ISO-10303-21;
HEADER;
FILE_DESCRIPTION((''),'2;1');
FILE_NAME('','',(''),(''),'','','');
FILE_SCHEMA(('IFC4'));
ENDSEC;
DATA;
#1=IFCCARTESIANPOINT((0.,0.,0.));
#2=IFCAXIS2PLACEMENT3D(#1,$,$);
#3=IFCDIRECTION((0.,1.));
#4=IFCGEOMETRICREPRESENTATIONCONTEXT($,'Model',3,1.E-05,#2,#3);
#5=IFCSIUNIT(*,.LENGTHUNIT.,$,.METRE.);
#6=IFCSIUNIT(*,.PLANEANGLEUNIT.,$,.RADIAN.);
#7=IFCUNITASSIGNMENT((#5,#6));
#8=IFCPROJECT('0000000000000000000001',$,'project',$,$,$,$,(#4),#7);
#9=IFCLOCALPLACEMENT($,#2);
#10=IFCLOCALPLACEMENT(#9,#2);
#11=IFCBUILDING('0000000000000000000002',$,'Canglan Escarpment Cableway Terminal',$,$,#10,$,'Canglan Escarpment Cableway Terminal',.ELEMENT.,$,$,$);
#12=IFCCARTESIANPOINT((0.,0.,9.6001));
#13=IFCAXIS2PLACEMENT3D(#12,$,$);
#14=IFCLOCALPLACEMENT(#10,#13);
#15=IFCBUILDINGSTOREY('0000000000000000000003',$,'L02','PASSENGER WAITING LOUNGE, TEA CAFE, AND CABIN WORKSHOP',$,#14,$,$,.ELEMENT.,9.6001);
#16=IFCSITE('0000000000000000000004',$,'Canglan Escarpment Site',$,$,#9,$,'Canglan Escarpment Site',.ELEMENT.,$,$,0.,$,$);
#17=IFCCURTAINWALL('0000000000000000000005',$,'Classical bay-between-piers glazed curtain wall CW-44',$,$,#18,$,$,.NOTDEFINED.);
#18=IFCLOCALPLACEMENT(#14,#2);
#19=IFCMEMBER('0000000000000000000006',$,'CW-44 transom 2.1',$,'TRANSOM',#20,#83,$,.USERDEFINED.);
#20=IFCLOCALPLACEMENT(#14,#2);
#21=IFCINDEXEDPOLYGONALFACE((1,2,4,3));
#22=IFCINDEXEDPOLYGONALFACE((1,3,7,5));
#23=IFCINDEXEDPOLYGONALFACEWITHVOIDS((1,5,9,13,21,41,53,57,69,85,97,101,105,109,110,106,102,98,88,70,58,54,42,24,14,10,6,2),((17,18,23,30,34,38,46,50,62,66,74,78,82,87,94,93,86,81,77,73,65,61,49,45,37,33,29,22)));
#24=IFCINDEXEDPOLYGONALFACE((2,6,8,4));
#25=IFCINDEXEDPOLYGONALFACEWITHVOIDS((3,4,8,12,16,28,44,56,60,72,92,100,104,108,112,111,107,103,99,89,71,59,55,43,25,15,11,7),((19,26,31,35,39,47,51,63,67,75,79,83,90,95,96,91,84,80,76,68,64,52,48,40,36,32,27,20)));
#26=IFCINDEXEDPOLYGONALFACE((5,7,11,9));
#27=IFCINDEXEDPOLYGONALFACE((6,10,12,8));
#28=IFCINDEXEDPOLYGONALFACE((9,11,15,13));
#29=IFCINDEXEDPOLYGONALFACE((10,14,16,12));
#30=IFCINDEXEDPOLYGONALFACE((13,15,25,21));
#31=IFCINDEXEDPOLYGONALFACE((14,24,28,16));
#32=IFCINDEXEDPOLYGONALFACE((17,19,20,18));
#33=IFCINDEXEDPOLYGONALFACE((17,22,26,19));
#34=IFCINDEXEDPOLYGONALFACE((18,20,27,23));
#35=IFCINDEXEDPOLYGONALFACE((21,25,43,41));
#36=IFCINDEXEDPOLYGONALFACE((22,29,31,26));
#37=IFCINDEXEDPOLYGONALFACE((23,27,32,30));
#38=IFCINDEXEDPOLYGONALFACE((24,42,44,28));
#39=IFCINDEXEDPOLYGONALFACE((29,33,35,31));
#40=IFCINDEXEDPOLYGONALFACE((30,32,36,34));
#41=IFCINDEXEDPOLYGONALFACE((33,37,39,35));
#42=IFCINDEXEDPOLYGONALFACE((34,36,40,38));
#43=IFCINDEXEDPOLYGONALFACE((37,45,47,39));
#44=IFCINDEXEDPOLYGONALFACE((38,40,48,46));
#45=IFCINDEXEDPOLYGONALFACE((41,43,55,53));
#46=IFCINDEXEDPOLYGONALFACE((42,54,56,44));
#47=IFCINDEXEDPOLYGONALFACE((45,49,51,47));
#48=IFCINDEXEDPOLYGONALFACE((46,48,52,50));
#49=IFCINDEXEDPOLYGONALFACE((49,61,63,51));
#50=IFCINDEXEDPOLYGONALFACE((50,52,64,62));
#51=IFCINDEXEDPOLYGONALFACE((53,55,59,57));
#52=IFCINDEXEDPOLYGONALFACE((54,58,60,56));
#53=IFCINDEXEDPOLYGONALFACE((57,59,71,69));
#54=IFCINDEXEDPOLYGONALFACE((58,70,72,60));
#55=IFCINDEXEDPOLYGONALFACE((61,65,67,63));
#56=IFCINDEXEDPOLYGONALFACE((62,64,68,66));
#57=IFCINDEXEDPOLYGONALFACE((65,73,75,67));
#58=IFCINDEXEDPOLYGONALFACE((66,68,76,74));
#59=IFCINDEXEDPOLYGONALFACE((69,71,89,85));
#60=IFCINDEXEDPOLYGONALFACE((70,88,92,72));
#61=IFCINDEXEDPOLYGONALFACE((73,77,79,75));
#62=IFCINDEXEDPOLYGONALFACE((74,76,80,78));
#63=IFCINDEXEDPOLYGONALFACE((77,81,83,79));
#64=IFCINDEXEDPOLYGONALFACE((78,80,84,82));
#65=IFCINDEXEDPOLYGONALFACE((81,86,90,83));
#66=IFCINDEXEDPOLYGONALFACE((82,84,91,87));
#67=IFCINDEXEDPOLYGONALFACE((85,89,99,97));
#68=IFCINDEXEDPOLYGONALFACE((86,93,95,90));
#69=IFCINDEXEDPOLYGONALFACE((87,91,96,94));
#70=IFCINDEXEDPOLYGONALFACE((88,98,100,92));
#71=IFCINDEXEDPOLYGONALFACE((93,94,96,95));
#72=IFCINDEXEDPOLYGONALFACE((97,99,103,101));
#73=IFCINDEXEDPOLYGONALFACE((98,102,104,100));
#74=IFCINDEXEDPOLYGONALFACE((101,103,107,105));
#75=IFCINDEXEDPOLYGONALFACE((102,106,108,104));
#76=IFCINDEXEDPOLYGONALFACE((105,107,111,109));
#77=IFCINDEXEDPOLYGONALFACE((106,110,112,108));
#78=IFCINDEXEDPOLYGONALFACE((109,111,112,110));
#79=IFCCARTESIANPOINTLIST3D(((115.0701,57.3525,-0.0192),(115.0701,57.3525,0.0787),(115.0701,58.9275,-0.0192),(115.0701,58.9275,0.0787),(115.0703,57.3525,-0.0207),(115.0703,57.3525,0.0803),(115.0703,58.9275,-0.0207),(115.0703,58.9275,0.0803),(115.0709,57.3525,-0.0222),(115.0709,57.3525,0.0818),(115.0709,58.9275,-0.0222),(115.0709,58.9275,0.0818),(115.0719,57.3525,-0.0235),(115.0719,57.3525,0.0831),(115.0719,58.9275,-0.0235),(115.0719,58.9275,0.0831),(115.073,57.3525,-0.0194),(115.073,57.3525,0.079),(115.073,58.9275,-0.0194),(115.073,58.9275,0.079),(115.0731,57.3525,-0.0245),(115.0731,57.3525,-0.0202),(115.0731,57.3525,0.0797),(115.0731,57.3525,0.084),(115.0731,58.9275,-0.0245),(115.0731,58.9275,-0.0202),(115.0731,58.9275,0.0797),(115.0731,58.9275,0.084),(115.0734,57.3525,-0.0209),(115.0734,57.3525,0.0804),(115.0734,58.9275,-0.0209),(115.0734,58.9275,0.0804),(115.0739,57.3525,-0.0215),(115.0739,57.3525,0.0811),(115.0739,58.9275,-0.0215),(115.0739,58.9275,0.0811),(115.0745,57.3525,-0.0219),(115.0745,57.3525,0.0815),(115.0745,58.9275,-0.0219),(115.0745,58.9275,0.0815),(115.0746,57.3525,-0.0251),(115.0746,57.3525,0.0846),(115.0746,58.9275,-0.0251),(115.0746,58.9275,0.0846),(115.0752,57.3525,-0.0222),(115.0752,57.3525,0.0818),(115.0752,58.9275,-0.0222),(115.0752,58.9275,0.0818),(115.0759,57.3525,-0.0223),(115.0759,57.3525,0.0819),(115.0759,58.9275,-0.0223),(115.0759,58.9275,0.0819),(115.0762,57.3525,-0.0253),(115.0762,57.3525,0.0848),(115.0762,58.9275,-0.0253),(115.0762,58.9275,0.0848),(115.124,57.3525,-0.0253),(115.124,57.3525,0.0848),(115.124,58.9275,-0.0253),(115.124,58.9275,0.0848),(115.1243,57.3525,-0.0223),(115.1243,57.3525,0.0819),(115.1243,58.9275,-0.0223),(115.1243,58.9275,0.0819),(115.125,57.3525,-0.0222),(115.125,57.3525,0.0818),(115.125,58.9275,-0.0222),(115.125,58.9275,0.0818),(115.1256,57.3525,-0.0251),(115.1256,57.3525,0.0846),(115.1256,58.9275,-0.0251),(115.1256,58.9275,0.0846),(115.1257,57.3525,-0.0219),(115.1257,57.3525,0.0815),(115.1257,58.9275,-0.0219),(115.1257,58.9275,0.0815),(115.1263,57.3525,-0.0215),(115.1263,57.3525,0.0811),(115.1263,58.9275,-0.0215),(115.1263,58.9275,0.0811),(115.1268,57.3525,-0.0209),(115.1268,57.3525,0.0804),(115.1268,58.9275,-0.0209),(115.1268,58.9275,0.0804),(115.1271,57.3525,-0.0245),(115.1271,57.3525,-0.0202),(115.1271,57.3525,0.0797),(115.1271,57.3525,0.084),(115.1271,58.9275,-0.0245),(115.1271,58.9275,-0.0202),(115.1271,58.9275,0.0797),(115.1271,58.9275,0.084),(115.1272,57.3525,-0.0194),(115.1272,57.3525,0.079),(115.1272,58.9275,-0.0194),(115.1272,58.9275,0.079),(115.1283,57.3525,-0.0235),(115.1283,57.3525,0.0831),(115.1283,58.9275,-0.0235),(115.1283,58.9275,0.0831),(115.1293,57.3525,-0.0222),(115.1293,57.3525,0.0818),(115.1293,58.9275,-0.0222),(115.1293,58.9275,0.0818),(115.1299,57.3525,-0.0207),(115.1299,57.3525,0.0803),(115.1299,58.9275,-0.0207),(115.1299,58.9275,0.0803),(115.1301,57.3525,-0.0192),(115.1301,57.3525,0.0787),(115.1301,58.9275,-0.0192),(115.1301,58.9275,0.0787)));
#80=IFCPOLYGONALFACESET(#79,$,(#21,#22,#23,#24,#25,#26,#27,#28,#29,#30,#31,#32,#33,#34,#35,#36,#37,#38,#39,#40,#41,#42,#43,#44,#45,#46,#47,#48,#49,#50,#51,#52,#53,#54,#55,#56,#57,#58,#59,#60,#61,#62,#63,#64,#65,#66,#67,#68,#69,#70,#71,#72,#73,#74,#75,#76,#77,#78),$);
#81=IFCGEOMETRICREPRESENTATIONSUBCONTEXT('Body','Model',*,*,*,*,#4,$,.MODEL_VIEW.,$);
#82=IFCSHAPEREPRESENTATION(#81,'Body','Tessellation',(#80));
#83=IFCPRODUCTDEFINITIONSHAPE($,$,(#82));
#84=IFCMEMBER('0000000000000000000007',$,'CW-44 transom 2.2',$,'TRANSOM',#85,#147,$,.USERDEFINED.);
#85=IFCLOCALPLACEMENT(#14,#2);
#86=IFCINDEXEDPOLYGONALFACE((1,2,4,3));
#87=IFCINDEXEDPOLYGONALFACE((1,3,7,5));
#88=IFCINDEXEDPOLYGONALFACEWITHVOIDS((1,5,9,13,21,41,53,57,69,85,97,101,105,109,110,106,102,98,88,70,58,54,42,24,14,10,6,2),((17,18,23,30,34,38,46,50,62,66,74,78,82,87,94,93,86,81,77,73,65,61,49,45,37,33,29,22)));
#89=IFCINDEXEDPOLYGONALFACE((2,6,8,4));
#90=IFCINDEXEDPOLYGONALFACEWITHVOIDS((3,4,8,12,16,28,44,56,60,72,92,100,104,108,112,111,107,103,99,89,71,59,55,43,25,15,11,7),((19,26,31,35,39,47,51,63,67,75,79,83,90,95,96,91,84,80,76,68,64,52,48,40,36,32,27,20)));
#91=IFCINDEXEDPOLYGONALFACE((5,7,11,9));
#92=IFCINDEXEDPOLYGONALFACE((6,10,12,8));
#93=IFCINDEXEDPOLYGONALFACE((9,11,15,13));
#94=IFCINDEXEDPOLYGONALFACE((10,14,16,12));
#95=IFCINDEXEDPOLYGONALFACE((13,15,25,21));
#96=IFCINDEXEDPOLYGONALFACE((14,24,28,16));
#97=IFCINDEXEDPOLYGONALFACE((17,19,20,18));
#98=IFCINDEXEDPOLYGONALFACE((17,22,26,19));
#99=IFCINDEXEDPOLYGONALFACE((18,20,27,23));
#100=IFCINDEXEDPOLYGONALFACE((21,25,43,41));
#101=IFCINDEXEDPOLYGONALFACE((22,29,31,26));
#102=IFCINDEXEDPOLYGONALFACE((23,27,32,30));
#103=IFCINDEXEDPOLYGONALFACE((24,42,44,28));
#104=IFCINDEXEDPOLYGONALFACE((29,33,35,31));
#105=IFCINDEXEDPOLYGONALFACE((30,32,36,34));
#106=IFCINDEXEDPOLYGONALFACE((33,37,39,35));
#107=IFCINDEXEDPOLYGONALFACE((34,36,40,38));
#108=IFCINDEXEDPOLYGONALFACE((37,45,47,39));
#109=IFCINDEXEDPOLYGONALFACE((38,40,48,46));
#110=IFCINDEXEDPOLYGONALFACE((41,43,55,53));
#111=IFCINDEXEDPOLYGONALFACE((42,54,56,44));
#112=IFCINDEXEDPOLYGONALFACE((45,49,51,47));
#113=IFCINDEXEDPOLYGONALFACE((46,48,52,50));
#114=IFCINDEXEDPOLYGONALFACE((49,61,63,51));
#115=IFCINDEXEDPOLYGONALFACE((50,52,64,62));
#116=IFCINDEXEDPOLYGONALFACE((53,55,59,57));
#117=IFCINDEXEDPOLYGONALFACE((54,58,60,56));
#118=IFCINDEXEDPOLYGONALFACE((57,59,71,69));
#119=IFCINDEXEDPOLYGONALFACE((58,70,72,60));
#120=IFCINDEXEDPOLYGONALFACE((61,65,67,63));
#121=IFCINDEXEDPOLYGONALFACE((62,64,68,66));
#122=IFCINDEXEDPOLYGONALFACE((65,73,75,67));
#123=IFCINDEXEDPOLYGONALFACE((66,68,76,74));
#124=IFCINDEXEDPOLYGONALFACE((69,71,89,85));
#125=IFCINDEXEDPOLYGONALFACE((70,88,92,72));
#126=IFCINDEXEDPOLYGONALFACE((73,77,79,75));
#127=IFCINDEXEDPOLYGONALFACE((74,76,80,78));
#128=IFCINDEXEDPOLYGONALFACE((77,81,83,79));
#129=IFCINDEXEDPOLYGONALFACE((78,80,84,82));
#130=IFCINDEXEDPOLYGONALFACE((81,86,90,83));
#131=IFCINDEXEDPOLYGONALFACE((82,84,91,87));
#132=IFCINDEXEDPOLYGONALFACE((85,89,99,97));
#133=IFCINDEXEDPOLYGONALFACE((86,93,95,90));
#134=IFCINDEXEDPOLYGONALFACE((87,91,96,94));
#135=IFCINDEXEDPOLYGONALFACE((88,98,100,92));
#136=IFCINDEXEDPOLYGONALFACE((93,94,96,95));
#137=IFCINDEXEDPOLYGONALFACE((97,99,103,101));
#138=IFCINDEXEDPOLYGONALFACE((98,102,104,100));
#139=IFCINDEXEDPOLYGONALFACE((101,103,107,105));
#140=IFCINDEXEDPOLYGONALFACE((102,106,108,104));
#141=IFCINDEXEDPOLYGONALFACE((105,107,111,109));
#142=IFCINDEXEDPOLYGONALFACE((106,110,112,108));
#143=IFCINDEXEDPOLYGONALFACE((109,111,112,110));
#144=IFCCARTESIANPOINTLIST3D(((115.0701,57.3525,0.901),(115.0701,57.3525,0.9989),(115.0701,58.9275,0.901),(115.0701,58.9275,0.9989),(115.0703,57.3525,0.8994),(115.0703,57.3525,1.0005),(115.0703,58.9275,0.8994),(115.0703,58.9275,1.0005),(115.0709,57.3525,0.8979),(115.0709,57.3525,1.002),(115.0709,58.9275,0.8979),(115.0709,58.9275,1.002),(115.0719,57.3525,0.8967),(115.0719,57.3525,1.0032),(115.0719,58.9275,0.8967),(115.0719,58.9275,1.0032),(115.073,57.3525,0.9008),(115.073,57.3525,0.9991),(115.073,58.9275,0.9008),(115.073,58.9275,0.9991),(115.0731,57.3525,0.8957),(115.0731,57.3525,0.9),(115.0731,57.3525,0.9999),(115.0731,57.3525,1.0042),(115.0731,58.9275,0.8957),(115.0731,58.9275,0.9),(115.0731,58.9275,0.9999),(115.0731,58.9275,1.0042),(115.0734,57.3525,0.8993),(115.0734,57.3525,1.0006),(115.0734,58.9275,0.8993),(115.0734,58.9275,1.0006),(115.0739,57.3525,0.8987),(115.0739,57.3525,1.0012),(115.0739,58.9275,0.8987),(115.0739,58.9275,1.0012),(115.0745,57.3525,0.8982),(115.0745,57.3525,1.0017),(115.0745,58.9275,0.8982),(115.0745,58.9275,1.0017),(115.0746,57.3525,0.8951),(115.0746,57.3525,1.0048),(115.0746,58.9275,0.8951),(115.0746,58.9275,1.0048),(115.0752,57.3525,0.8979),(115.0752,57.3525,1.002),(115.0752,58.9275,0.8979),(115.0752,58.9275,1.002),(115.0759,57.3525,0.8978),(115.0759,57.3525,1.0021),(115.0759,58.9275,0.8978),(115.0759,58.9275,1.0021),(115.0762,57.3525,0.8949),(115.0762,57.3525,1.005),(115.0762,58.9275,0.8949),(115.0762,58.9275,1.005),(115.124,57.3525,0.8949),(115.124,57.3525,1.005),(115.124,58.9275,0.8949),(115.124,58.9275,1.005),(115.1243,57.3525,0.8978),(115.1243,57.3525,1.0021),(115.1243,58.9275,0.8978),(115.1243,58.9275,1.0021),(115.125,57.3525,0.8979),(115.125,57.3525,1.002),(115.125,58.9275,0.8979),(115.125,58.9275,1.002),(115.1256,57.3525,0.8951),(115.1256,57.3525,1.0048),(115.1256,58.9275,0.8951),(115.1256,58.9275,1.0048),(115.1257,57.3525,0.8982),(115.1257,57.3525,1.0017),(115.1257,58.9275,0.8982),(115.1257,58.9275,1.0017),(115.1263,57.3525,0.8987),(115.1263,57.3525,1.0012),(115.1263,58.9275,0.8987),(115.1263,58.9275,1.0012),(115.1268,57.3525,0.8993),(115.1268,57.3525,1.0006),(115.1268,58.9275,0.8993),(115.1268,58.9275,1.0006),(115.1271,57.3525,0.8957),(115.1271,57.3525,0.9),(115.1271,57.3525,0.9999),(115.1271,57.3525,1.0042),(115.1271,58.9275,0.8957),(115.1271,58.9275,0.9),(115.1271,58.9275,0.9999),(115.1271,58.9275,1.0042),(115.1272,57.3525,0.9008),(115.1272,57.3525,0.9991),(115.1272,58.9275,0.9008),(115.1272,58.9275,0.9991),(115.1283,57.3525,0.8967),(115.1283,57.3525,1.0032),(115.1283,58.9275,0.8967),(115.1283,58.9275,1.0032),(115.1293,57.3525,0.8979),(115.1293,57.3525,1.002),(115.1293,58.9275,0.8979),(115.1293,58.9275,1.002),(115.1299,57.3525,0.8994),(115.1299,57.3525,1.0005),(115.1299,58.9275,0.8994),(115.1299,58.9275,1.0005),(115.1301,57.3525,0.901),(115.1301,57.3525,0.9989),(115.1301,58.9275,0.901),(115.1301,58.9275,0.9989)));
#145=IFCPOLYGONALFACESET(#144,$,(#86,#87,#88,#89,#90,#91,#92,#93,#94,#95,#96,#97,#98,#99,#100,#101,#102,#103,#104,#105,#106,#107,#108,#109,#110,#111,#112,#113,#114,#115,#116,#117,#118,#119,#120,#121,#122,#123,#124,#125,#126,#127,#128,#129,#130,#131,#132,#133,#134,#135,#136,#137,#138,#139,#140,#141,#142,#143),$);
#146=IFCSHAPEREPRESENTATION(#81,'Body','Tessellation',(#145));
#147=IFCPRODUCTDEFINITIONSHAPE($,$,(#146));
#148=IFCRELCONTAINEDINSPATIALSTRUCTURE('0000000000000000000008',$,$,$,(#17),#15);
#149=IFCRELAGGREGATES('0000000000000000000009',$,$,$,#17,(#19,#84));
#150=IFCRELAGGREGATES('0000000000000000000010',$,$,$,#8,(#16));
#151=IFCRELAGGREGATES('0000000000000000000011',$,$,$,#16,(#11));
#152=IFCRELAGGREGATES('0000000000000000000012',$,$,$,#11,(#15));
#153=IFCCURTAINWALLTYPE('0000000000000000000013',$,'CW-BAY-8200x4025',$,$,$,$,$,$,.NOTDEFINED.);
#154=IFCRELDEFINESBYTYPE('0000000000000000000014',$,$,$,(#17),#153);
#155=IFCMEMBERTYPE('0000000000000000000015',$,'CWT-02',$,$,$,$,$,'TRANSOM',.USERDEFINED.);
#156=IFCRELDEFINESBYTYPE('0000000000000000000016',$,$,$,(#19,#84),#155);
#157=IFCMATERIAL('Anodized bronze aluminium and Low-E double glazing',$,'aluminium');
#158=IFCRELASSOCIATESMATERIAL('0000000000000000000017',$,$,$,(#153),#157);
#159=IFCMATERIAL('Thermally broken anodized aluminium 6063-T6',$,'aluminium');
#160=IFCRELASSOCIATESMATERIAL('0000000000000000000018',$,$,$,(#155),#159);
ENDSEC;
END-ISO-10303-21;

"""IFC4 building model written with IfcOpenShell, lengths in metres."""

from ifc_helpers import new_model, si_unit, direction, frame, origin, origin_2d, place, context, subcontext, project, spatial, hollow_rectangle, extrude, material, material_profile, profile_set, type_object, element, aggregate, save


model = new_model("IFC4")

# Units and contexts
model_context = context("Model", 3, precision=1e-05, world=origin(), true_north=direction((0.0, 1.0)))
body_context = subcontext(model_context, "Body", "Model", "MODEL_VIEW")
ifc_project = project(units=[si_unit("LENGTHUNIT", "METRE"), si_unit("PLANEANGLEUNIT", "RADIAN")], contexts=[model_context])

# Site, building, storey
site_placement = place(None, origin())
site = spatial("IfcSite", under=ifc_project, at=site_placement, Name="Canglan Escarpment Site", LongName="Canglan Escarpment Site", CompositionType="ELEMENT", RefElevation=0.0)
building_placement = place(site_placement, origin())
building = spatial("IfcBuilding", under=site, at=building_placement, Name="Canglan Escarpment Cableway Terminal", LongName="Canglan Escarpment Cableway Terminal", CompositionType="ELEMENT")
storey_placement = place(building_placement, frame((0.0, 0.0, 9.6001)))
storey = spatial("IfcBuildingStorey", under=building, at=storey_placement, Name="L02", Description="PASSENGER WAITING LOUNGE, TEA CAFE, AND CABIN WORKSHOP", CompositionType="ELEMENT", Elevation=9.6001)

# Curtain wall, members
ifc_material_1 = material(Name="Anodized bronze aluminium and Low-E double glazing", Category="aluminium")
curtain_wall_type = type_object("IfcCurtainWallType", Name="CW-BAY-8200x4025", PredefinedType="NOTDEFINED", material=ifc_material_1)
curtain_wall_placement = place(storey_placement, origin())
curtain_wall = element("IfcCurtainWall", 1, at=curtain_wall_placement, inside=storey, type_object=curtain_wall_type, Name="Classical bay-between-piers glazed curtain wall CW-44", PredefinedType="NOTDEFINED")
ifc_material_2 = material(Name="Thermally broken anodized aluminium 6063-T6", Category="aluminium")
ifc_material_profile_1 = material_profile(ifc_material_2, hollow_rectangle(XDim=0.0601, YDim=0.1101, WallThickness=0.0029, InnerFilletRadius=0.0029, OuterFilletRadius=0.0061, at=origin_2d()), Name="ALU-TRAN 60x110x3")
ifc_profile_set_1 = profile_set([ifc_material_profile_1], Name="Thermally broken anodized aluminium 6063-T6")
member_type_1 = type_object("IfcMemberType", Name="CWT-02", ElementType="TRANSOM", PredefinedType="USERDEFINED", material=ifc_profile_set_1)
member_1_placement = place(storey_placement, frame((115.1001, 58.9275, 0.0298), z_axis=(0.0, -1.0, 0.0), x_axis=(1.0, 0.0, 0.0)))
member_1 = element("IfcMember", 2, at=member_1_placement, type_object=member_type_1, Name="CW-44 transom 2.1", ObjectType="TRANSOM", PredefinedType="USERDEFINED", context=body_context, shape_type="SweptSolid", body=[
    extrude(hollow_rectangle(XDim=0.0601, YDim=0.1101, WallThickness=0.0029, InnerFilletRadius=0.0029, OuterFilletRadius=0.0061, at=origin_2d()), origin(), (0.0, 0.0, 1.0), 1.575),
])
member_2_placement = place(storey_placement, frame((115.1001, 58.9275, 0.95), z_axis=(0.0, -1.0, 0.0), x_axis=(1.0, 0.0, 0.0)))
member_2 = element("IfcMember", 3, at=member_2_placement, type_object=member_type_1, Name="CW-44 transom 2.2", ObjectType="TRANSOM", PredefinedType="USERDEFINED", context=body_context, shape_type="SweptSolid", body=[
    extrude(hollow_rectangle(XDim=0.0601, YDim=0.1101, WallThickness=0.0029, InnerFilletRadius=0.0029, OuterFilletRadius=0.0061, at=origin_2d()), origin(), (0.0, 0.0, 1.0), 1.575),
])

aggregate(curtain_wall, [member_1, member_2])

save(model, "model.ifc")
